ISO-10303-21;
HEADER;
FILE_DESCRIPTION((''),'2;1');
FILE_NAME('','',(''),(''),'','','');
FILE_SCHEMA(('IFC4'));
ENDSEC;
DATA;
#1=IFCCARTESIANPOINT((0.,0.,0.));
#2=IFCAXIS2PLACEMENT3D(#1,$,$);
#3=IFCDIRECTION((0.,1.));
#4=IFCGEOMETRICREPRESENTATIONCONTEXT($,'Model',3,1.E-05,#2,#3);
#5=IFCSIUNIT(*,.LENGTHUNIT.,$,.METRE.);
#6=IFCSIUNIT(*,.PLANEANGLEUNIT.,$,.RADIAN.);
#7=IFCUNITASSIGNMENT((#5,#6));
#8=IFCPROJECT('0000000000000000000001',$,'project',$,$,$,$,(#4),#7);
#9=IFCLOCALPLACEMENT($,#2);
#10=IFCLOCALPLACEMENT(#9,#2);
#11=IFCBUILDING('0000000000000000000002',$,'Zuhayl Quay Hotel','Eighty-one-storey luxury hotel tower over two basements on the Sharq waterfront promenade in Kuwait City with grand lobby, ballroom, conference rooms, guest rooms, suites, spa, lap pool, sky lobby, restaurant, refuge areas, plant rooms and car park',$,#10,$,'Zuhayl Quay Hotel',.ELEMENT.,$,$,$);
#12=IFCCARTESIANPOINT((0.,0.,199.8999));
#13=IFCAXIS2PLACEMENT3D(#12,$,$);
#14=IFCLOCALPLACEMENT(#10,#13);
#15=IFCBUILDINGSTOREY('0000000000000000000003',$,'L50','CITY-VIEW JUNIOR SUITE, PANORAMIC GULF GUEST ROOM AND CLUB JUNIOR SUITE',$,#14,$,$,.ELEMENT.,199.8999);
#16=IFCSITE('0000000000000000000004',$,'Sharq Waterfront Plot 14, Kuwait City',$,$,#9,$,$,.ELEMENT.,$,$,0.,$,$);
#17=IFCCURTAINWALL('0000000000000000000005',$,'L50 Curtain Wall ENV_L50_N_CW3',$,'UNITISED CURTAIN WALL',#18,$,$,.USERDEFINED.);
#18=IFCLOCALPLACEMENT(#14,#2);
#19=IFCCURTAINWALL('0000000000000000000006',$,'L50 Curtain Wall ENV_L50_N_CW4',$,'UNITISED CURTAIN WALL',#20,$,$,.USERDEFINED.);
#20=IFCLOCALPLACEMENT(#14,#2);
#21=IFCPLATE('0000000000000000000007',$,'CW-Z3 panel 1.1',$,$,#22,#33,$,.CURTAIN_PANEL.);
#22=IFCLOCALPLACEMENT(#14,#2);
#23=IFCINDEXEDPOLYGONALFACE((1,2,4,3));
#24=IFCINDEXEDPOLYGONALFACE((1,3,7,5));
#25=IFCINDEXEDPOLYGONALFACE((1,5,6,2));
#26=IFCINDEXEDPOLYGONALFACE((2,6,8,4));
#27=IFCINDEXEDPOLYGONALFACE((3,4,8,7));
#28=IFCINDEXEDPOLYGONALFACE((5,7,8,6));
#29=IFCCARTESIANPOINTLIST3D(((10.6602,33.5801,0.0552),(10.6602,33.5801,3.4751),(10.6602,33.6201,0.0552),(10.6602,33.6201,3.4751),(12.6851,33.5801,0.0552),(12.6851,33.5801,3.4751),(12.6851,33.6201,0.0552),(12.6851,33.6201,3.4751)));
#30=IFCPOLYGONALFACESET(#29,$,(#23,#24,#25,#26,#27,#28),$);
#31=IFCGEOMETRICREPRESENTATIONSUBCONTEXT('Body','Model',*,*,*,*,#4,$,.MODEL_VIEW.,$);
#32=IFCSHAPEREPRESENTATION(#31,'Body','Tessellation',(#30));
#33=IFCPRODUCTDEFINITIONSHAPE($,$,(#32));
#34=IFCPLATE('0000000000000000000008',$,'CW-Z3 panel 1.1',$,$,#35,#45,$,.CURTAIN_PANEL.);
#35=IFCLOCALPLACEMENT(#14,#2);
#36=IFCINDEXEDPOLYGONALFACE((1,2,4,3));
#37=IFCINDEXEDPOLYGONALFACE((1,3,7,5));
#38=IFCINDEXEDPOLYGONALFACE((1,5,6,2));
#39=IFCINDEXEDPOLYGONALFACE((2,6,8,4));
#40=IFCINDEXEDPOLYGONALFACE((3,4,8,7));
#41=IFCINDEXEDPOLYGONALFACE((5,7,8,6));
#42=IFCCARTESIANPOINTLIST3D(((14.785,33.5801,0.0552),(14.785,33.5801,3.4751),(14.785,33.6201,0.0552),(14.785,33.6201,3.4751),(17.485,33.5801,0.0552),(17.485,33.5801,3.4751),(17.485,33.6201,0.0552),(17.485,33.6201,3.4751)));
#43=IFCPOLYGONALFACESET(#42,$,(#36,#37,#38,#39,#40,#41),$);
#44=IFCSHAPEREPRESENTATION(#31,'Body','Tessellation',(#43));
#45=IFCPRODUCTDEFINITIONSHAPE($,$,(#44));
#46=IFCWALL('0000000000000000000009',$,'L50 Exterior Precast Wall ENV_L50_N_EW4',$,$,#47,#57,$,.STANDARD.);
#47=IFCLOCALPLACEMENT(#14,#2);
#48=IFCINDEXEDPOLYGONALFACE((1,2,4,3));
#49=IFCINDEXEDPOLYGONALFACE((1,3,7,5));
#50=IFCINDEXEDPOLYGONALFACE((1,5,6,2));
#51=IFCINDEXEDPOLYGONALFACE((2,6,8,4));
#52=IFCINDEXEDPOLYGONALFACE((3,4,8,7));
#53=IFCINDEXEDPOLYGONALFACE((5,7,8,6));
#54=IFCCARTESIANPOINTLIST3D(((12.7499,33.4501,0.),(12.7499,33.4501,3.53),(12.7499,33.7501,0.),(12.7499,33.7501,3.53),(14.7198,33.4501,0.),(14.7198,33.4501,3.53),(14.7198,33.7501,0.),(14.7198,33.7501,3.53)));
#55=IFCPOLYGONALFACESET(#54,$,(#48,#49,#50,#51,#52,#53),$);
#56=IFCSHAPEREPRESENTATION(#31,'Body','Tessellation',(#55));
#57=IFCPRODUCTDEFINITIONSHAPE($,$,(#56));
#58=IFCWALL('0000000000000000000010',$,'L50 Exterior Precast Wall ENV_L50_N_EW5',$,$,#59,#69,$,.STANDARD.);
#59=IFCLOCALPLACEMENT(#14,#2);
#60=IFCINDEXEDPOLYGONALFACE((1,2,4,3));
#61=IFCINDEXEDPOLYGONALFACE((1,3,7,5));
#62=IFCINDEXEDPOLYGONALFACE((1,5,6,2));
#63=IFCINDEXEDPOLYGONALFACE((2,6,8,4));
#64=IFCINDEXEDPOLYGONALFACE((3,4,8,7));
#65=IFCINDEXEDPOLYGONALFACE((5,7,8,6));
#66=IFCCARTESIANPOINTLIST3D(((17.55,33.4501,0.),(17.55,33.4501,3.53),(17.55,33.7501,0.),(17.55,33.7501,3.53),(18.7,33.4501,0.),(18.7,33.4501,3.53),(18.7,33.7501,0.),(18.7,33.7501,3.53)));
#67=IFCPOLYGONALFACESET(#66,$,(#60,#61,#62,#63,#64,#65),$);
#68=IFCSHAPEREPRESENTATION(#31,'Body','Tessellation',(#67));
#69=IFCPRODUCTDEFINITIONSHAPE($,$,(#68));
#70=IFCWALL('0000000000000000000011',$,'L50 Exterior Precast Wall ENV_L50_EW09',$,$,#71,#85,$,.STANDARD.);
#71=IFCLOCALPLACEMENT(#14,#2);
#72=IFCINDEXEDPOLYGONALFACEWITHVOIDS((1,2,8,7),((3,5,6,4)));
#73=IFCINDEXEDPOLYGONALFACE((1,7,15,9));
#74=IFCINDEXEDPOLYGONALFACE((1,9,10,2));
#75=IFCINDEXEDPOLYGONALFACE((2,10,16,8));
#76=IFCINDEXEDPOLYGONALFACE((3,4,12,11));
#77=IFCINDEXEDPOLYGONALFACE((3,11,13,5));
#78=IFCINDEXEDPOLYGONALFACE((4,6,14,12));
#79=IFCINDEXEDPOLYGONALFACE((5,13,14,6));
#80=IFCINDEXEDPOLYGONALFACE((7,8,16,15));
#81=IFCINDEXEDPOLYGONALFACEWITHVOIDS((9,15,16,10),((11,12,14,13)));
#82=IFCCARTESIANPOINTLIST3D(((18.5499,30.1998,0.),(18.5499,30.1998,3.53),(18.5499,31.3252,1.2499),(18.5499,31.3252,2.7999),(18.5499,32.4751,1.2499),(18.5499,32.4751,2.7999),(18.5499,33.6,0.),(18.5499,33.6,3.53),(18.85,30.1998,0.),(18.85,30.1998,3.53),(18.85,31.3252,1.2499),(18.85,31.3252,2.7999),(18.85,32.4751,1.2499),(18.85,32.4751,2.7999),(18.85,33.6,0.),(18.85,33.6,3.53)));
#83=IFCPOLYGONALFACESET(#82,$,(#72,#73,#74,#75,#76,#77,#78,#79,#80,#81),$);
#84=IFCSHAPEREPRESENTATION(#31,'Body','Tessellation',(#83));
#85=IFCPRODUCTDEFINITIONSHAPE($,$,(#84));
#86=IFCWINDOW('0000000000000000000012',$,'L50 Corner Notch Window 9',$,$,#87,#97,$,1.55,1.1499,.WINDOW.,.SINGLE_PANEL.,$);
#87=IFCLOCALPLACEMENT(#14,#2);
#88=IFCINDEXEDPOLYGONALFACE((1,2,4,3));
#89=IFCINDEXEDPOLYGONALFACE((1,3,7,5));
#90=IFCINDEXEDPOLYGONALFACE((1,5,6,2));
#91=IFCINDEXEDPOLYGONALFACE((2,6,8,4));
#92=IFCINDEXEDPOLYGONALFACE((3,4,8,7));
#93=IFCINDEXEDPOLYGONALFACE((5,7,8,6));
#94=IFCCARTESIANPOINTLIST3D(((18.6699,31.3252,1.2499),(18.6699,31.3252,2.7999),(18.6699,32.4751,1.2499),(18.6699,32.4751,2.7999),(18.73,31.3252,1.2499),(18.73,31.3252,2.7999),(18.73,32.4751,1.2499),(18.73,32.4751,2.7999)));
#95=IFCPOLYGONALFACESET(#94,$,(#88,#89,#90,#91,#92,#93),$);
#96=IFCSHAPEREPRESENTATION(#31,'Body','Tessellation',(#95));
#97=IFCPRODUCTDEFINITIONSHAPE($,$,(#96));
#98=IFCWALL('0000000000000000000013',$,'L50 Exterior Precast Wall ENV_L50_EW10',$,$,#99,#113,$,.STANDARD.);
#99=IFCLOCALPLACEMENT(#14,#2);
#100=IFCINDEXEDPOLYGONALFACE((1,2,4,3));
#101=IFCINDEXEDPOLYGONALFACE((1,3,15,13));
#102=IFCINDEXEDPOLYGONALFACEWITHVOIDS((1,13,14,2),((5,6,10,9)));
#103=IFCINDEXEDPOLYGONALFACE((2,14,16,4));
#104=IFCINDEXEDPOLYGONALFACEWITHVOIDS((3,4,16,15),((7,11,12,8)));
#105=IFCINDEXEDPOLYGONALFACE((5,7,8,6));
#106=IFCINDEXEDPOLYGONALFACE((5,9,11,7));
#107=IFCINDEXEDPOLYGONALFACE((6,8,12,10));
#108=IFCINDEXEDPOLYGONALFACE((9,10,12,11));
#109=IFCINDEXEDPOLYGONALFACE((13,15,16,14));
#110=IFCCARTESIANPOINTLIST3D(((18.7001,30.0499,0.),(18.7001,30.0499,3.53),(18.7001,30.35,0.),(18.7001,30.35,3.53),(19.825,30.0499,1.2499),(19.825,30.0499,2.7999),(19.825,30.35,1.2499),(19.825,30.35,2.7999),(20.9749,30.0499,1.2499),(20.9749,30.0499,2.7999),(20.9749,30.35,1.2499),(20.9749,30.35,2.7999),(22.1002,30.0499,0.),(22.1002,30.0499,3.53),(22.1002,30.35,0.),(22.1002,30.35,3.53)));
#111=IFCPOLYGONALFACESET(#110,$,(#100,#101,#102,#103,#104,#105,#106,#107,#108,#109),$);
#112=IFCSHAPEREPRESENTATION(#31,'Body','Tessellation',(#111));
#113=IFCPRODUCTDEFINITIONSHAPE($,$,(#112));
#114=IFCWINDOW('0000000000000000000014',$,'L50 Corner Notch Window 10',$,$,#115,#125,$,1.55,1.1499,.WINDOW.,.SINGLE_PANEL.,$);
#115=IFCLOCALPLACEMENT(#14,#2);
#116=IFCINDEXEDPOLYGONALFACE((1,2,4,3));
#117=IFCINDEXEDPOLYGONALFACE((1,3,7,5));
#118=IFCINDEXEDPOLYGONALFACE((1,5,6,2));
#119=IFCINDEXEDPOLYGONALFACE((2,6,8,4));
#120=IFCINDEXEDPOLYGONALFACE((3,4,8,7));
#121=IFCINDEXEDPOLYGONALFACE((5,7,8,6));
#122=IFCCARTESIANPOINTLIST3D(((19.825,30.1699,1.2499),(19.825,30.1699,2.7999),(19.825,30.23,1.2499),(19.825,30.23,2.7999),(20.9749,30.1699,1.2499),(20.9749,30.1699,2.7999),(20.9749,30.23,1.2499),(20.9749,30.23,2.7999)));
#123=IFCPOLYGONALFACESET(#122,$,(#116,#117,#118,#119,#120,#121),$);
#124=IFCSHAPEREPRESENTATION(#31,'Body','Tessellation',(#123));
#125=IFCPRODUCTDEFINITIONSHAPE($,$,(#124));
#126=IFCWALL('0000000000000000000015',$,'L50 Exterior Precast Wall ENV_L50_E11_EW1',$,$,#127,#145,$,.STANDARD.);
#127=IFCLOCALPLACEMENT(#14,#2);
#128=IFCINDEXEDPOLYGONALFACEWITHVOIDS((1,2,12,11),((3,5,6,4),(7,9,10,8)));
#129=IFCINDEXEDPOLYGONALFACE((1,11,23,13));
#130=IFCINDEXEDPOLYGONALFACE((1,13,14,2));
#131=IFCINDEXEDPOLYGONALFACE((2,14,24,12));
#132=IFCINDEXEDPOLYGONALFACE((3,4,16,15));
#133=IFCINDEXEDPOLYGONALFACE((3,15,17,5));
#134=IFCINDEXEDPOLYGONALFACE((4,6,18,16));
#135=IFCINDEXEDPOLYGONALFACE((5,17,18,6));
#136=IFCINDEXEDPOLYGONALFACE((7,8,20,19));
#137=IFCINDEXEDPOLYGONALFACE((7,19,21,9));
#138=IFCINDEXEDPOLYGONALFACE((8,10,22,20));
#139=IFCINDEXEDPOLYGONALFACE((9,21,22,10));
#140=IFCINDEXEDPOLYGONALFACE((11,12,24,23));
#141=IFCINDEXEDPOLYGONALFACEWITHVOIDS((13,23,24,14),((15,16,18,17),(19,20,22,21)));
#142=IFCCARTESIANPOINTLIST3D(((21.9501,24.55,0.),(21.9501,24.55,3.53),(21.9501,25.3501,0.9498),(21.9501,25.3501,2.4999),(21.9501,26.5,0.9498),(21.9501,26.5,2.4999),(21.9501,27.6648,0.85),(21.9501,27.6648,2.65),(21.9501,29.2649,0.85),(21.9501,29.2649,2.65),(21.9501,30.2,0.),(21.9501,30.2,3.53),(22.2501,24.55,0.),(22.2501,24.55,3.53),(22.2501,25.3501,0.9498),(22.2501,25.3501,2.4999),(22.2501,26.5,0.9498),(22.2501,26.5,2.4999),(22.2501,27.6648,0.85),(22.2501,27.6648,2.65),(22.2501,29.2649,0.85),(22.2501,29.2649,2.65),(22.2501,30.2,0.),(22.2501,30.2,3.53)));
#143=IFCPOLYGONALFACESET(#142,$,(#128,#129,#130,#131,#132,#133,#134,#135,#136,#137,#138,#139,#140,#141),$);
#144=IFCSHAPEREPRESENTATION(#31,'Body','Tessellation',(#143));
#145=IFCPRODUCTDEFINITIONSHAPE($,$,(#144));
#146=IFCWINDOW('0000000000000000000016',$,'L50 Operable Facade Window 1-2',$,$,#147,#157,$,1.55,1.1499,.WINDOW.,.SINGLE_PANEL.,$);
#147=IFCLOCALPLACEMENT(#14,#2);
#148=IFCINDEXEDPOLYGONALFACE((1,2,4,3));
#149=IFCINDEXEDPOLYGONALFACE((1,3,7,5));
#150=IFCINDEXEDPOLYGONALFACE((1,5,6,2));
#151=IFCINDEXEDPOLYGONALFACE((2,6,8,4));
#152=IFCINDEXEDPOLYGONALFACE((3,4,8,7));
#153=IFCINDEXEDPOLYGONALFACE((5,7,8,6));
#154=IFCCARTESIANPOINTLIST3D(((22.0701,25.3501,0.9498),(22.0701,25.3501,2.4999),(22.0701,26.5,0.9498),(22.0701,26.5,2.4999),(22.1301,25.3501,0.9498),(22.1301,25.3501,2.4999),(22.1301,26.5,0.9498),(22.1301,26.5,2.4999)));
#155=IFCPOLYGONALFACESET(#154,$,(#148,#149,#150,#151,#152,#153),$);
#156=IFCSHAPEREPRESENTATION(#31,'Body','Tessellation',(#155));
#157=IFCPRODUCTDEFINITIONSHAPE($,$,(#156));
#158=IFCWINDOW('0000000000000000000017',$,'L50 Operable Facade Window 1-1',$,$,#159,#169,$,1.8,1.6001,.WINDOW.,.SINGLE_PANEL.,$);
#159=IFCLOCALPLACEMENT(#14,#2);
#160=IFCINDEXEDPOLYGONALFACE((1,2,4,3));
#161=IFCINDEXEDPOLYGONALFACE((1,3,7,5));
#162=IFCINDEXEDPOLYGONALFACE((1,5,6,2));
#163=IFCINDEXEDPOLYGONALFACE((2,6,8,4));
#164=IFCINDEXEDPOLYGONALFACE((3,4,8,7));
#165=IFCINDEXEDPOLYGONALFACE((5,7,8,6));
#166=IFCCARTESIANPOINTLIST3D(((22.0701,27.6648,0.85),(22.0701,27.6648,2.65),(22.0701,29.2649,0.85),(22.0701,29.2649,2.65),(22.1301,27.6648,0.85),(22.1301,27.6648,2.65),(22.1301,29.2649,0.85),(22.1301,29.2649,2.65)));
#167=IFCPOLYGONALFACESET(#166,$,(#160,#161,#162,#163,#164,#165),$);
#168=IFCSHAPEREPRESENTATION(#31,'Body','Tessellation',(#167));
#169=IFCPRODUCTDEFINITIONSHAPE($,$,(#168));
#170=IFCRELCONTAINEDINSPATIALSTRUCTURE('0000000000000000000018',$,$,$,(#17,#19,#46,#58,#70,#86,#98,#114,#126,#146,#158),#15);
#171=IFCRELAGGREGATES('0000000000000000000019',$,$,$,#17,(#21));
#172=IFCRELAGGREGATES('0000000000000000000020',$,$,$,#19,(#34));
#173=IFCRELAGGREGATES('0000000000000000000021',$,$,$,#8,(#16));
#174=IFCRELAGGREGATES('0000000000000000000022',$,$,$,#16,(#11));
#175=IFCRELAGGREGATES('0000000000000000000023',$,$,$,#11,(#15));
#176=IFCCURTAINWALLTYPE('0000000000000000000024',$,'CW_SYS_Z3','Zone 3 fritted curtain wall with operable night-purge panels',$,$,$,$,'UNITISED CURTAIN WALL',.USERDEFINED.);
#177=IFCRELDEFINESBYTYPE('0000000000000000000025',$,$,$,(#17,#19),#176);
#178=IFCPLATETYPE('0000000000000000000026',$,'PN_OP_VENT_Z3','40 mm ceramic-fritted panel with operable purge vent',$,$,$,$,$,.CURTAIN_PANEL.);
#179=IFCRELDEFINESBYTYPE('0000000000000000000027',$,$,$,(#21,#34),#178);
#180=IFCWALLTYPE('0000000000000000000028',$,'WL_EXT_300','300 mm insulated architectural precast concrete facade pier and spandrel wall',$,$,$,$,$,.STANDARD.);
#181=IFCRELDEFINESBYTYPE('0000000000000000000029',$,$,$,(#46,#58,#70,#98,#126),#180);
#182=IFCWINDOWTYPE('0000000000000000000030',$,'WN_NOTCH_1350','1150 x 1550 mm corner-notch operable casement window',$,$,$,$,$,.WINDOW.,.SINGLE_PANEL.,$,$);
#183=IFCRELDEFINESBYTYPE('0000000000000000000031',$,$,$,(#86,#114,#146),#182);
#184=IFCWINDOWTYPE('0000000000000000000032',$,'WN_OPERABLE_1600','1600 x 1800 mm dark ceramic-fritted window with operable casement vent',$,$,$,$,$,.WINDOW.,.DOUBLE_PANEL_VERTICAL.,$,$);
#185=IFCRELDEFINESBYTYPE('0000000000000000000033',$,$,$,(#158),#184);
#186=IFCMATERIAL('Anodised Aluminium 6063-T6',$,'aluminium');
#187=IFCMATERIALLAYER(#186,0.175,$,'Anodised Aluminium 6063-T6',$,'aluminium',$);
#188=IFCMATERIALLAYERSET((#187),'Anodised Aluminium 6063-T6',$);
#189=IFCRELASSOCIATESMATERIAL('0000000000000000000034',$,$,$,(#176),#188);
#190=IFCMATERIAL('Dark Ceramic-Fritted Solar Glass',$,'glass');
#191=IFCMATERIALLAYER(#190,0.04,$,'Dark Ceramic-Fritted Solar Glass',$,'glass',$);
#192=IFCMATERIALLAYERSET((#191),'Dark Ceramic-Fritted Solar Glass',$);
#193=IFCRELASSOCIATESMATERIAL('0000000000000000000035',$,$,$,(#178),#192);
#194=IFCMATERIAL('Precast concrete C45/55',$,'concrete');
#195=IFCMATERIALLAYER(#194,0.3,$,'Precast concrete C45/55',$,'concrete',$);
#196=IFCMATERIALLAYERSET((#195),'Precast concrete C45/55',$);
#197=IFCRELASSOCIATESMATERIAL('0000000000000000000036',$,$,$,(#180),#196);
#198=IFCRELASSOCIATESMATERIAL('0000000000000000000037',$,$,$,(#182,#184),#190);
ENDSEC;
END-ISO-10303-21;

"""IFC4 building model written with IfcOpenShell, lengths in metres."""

from ifc_helpers import new_model, si_unit, direction, frame, frame_2d, origin, origin_2d, place, context, subcontext, project, spatial, rectangle, extrude, material, layer, layer_set, type_object, element, fill, aggregate, save


model = new_model("IFC4")

# Units and contexts
model_context = context("Model", 3, precision=1e-05, world=origin(), true_north=direction((0.0, 1.0)))
body_context = subcontext(model_context, "Body", "Model", "MODEL_VIEW")
ifc_project = project(units=[si_unit("LENGTHUNIT", "METRE"), si_unit("PLANEANGLEUNIT", "RADIAN")], contexts=[model_context])

# Site, building, storey
site_placement = place(None, origin())
site = spatial("IfcSite", under=ifc_project, at=site_placement, Name="Sharq Waterfront Plot 14, Kuwait City", CompositionType="ELEMENT", RefElevation=0.0)
building_placement = place(site_placement, origin())
building = spatial("IfcBuilding", under=site, at=building_placement, Name="Zuhayl Quay Hotel", Description="Eighty-one-storey luxury hotel tower over two basements on the Sharq waterfront promenade in Kuwait City with grand lobby, ballroom, conference rooms, guest rooms, suites, spa, lap pool, sky lobby, restaurant, refuge areas, plant rooms and car park", LongName="Zuhayl Quay Hotel", CompositionType="ELEMENT")
storey_placement = place(building_placement, frame((0.0, 0.0, 199.8999)))
storey = spatial("IfcBuildingStorey", under=building, at=storey_placement, Name="L50", Description="CITY-VIEW JUNIOR SUITE, PANORAMIC GULF GUEST ROOM AND CLUB JUNIOR SUITE", CompositionType="ELEMENT", Elevation=199.8999)

# Curtain wall
ifc_material_1 = material(Name="Anodised Aluminium 6063-T6", Category="aluminium")
ifc_layer_1 = layer(ifc_material_1, 0.175, Name="Anodised Aluminium 6063-T6", Category="aluminium")
ifc_layer_set_1 = layer_set([ifc_layer_1], Name="Anodised Aluminium 6063-T6")
curtain_wall_type = type_object("IfcCurtainWallType", Name="CW_SYS_Z3", Description="Zone 3 fritted curtain wall with operable night-purge panels", ElementType="UNITISED CURTAIN WALL", PredefinedType="USERDEFINED", material=ifc_layer_set_1)
curtain_wall_1_placement = place(storey_placement, origin())
curtain_wall_1 = element("IfcCurtainWall", 1, at=curtain_wall_1_placement, inside=storey, type_object=curtain_wall_type, Name="L50 Curtain Wall ENV_L50_N_CW3", ObjectType="UNITISED CURTAIN WALL", PredefinedType="USERDEFINED")

# Curtain wall
curtain_wall_2_placement = place(storey_placement, origin())
curtain_wall_2 = element("IfcCurtainWall", 2, at=curtain_wall_2_placement, inside=storey, type_object=curtain_wall_type, Name="L50 Curtain Wall ENV_L50_N_CW4", ObjectType="UNITISED CURTAIN WALL", PredefinedType="USERDEFINED")

# Plates
ifc_material_2 = material(Name="Dark Ceramic-Fritted Solar Glass", Category="glass")
ifc_layer_2 = layer(ifc_material_2, 0.04, Name="Dark Ceramic-Fritted Solar Glass", Category="glass")
ifc_layer_set_2 = layer_set([ifc_layer_2], Name="Dark Ceramic-Fritted Solar Glass")
plate_type = type_object("IfcPlateType", Name="PN_OP_VENT_Z3", Description="40 mm ceramic-fritted panel with operable purge vent", PredefinedType="CURTAIN_PANEL", material=ifc_layer_set_2)
plate_1_placement = place(storey_placement, frame((11.6726, 33.6001, 0.0552), z_axis=(0.0, 0.0, 1.0), x_axis=(1.0, 0.0, 0.0)))
plate_1 = element("IfcPlate", 3, at=plate_1_placement, type_object=plate_type, Name="CW-Z3 panel 1.1", PredefinedType="CURTAIN_PANEL", context=body_context, shape_type="SweptSolid", body=[
    extrude(rectangle(XDim=2.0249, YDim=0.04, at=origin_2d()), origin(), (0.0, 0.0, 1.0), 3.4199),
])
aggregate(curtain_wall_1, [plate_1])
plate_2_placement = place(storey_placement, frame((16.135, 33.6001, 0.0552), z_axis=(0.0, 0.0, 1.0), x_axis=(1.0, 0.0, 0.0)))
plate_2 = element("IfcPlate", 4, at=plate_2_placement, type_object=plate_type, Name="CW-Z3 panel 1.1", PredefinedType="CURTAIN_PANEL", context=body_context, shape_type="SweptSolid", body=[
    extrude(rectangle(XDim=2.7, YDim=0.04, at=origin_2d()), origin(), (0.0, 0.0, 1.0), 3.4199),
])
aggregate(curtain_wall_2, [plate_2])

# Walls
ifc_material_3 = material(Name="Precast concrete C45/55", Category="concrete")
ifc_layer_3 = layer(ifc_material_3, 0.3, Name="Precast concrete C45/55", Category="concrete")
ifc_layer_set_3 = layer_set([ifc_layer_3], Name="Precast concrete C45/55")
wall_type_1 = type_object("IfcWallType", Name="WL_EXT_300", Description="300 mm insulated architectural precast concrete facade pier and spandrel wall", PredefinedType="STANDARD", material=ifc_layer_set_3)
wall_1_placement = place(storey_placement, frame((12.75, 33.6001, 0.0), z_axis=(0.0, 0.0, 1.0), x_axis=(1.0, 0.0, 0.0)))
element("IfcWall", 5, at=wall_1_placement, inside=storey, type_object=wall_type_1, Name="L50 Exterior Precast Wall ENV_L50_N_EW4", PredefinedType="STANDARD", context=body_context, shape_type="SweptSolid", body=[
    extrude(rectangle(XDim=1.97, YDim=0.3, at=frame_2d((0.9849, 0.0))), origin(), (0.0, 0.0, 1.0), 3.53),
])
wall_2_placement = place(storey_placement, frame((17.55, 33.6001, 0.0), z_axis=(0.0, 0.0, 1.0), x_axis=(1.0, 0.0, 0.0)))
element("IfcWall", 6, at=wall_2_placement, inside=storey, type_object=wall_type_1, Name="L50 Exterior Precast Wall ENV_L50_N_EW5", PredefinedType="STANDARD", context=body_context, shape_type="SweptSolid", body=[
    extrude(rectangle(XDim=1.1499, YDim=0.3, at=frame_2d((0.575, 0.0))), origin(), (0.0, 0.0, 1.0), 3.53),
])

# Walls, openings, windows
wall_3_placement = place(storey_placement, frame((18.7, 33.6001, 0.0), z_axis=(0.0, 0.0, 1.0), x_axis=(0.0, -1.0, 0.0)))
wall_3 = element("IfcWall", 7, at=wall_3_placement, inside=storey, type_object=wall_type_1, Name="L50 Exterior Precast Wall ENV_L50_EW09", PredefinedType="STANDARD", context=body_context, shape_type="SweptSolid", body=[
    extrude(rectangle(XDim=3.4001, YDim=0.3, at=frame_2d((1.7002, 0.0))), origin(), (0.0, 0.0, 1.0), 3.53),
])
opening_1_placement = place(wall_3_placement, frame((1.125, 0.0, 1.25)))
opening_1 = element("IfcOpeningElement", 8, at=opening_1_placement, cuts=wall_3, PredefinedType="OPENING", context=body_context, shape_type="SweptSolid", body=[
    extrude(rectangle(XDim=1.1499, YDim=1.55, at=frame_2d((0.575, 0.7749))), frame((0.0, 0.1599, 0.0), z_axis=(0.0, -1.0, 0.0), x_axis=(1.0, 0.0, 0.0)), (0.0, 0.0, 1.0), 0.3201),
])
window_type_1 = type_object("IfcWindowType", Name="WN_NOTCH_1350", Description="1150 x 1550 mm corner-notch operable casement window", PartitioningType="SINGLE_PANEL", PredefinedType="WINDOW", material=ifc_material_2)
window_1_placement = place(opening_1_placement, origin())
window_1 = element("IfcWindow", 9, at=window_1_placement, inside=storey, type_object=window_type_1, Name="L50 Corner Notch Window 9", OverallHeight=1.55, OverallWidth=1.1499, PartitioningType="SINGLE_PANEL", PredefinedType="WINDOW", context=body_context, shape_type="SweptSolid", body=[
    extrude(rectangle(XDim=1.1499, YDim=1.55, at=frame_2d((0.575, 0.7749))), frame((0.0, 0.03, 0.0), z_axis=(0.0, -1.0, 0.0), x_axis=(1.0, 0.0, 0.0)), (0.0, 0.0, 1.0), 0.0601),
])
fill(opening_1, window_1)
wall_4_placement = place(storey_placement, frame((18.7, 30.2, 0.0), z_axis=(0.0, 0.0, 1.0), x_axis=(1.0, 0.0, 0.0)))
wall_4 = element("IfcWall", 10, at=wall_4_placement, inside=storey, type_object=wall_type_1, Name="L50 Exterior Precast Wall ENV_L50_EW10", PredefinedType="STANDARD", context=body_context, shape_type="SweptSolid", body=[
    extrude(rectangle(XDim=3.4001, YDim=0.3, at=frame_2d((1.7002, 0.0))), origin(), (0.0, 0.0, 1.0), 3.53),
])
opening_2_placement = place(wall_4_placement, frame((1.125, 0.0, 1.25)))
opening_2 = element("IfcOpeningElement", 11, at=opening_2_placement, cuts=wall_4, PredefinedType="OPENING", context=body_context, shape_type="SweptSolid", body=[
    extrude(rectangle(XDim=1.1499, YDim=1.55, at=frame_2d((0.575, 0.7749))), frame((0.0, 0.1599, 0.0), z_axis=(0.0, -1.0, 0.0), x_axis=(1.0, 0.0, 0.0)), (0.0, 0.0, 1.0), 0.3201),
])
window_2_placement = place(opening_2_placement, origin())
window_2 = element("IfcWindow", 12, at=window_2_placement, inside=storey, type_object=window_type_1, Name="L50 Corner Notch Window 10", OverallHeight=1.55, OverallWidth=1.1499, PartitioningType="SINGLE_PANEL", PredefinedType="WINDOW", context=body_context, shape_type="SweptSolid", body=[
    extrude(rectangle(XDim=1.1499, YDim=1.55, at=frame_2d((0.575, 0.7749))), frame((0.0, 0.03, 0.0), z_axis=(0.0, -1.0, 0.0), x_axis=(1.0, 0.0, 0.0)), (0.0, 0.0, 1.0), 0.0601),
])
fill(opening_2, window_2)

# Wall, openings, windows
wall_5_placement = place(storey_placement, frame((22.1001, 30.2, 0.0), z_axis=(0.0, 0.0, 1.0), x_axis=(0.0, -1.0, 0.0)))
wall_5 = element("IfcWall", 13, at=wall_5_placement, inside=storey, type_object=wall_type_1, Name="L50 Exterior Precast Wall ENV_L50_E11_EW1", PredefinedType="STANDARD", context=body_context, shape_type="SweptSolid", body=[
    extrude(rectangle(XDim=5.6499, YDim=0.3, at=frame_2d((2.825, 0.0))), origin(), (0.0, 0.0, 1.0), 3.53),
])
opening_3_placement = place(wall_5_placement, frame((0.9351, 0.0, 0.8501)))
opening_3 = element("IfcOpeningElement", 14, at=opening_3_placement, cuts=wall_5, PredefinedType="OPENING", context=body_context, shape_type="SweptSolid", body=[
    extrude(rectangle(XDim=1.6001, YDim=1.8, at=frame_2d((0.8, 0.8999))), frame((0.0, 0.1599, 0.0), z_axis=(0.0, -1.0, 0.0), x_axis=(1.0, 0.0, 0.0)), (0.0, 0.0, 1.0), 0.3201),
])
opening_4_placement = place(wall_5_placement, frame((3.7, 0.0, 0.95)))
opening_4 = element("IfcOpeningElement", 15, at=opening_4_placement, cuts=wall_5, PredefinedType="OPENING", context=body_context, shape_type="SweptSolid", body=[
    extrude(rectangle(XDim=1.1499, YDim=1.55, at=frame_2d((0.575, 0.7749))), frame((0.0, 0.1599, 0.0), z_axis=(0.0, -1.0, 0.0), x_axis=(1.0, 0.0, 0.0)), (0.0, 0.0, 1.0), 0.3201),
])
window_3_placement = place(opening_4_placement, origin())
window_3 = element("IfcWindow", 16, at=window_3_placement, inside=storey, type_object=window_type_1, Name="L50 Operable Facade Window 1-2", OverallHeight=1.55, OverallWidth=1.1499, PartitioningType="SINGLE_PANEL", PredefinedType="WINDOW", context=body_context, shape_type="SweptSolid", body=[
    extrude(rectangle(XDim=1.1499, YDim=1.55, at=frame_2d((0.575, 0.7749))), frame((0.0, 0.03, 0.0), z_axis=(0.0, -1.0, 0.0), x_axis=(1.0, 0.0, 0.0)), (0.0, 0.0, 1.0), 0.0601),
])
fill(opening_4, window_3)
window_type_2 = type_object("IfcWindowType", Name="WN_OPERABLE_1600", Description="1600 x 1800 mm dark ceramic-fritted window with operable casement vent", PartitioningType="DOUBLE_PANEL_VERTICAL", PredefinedType="WINDOW", material=ifc_material_2)
window_4_placement = place(opening_3_placement, origin())
window_4 = element("IfcWindow", 17, at=window_4_placement, inside=storey, type_object=window_type_2, Name="L50 Operable Facade Window 1-1", OverallHeight=1.8, OverallWidth=1.6001, PartitioningType="SINGLE_PANEL", PredefinedType="WINDOW", context=body_context, shape_type="SweptSolid", body=[
    extrude(rectangle(XDim=1.6001, YDim=1.8, at=frame_2d((0.8, 0.8999))), frame((0.0, 0.03, 0.0), z_axis=(0.0, -1.0, 0.0), x_axis=(1.0, 0.0, 0.0)), (0.0, 0.0, 1.0), 0.0601),
])
fill(opening_3, window_4)

save(model, "model.ifc")
